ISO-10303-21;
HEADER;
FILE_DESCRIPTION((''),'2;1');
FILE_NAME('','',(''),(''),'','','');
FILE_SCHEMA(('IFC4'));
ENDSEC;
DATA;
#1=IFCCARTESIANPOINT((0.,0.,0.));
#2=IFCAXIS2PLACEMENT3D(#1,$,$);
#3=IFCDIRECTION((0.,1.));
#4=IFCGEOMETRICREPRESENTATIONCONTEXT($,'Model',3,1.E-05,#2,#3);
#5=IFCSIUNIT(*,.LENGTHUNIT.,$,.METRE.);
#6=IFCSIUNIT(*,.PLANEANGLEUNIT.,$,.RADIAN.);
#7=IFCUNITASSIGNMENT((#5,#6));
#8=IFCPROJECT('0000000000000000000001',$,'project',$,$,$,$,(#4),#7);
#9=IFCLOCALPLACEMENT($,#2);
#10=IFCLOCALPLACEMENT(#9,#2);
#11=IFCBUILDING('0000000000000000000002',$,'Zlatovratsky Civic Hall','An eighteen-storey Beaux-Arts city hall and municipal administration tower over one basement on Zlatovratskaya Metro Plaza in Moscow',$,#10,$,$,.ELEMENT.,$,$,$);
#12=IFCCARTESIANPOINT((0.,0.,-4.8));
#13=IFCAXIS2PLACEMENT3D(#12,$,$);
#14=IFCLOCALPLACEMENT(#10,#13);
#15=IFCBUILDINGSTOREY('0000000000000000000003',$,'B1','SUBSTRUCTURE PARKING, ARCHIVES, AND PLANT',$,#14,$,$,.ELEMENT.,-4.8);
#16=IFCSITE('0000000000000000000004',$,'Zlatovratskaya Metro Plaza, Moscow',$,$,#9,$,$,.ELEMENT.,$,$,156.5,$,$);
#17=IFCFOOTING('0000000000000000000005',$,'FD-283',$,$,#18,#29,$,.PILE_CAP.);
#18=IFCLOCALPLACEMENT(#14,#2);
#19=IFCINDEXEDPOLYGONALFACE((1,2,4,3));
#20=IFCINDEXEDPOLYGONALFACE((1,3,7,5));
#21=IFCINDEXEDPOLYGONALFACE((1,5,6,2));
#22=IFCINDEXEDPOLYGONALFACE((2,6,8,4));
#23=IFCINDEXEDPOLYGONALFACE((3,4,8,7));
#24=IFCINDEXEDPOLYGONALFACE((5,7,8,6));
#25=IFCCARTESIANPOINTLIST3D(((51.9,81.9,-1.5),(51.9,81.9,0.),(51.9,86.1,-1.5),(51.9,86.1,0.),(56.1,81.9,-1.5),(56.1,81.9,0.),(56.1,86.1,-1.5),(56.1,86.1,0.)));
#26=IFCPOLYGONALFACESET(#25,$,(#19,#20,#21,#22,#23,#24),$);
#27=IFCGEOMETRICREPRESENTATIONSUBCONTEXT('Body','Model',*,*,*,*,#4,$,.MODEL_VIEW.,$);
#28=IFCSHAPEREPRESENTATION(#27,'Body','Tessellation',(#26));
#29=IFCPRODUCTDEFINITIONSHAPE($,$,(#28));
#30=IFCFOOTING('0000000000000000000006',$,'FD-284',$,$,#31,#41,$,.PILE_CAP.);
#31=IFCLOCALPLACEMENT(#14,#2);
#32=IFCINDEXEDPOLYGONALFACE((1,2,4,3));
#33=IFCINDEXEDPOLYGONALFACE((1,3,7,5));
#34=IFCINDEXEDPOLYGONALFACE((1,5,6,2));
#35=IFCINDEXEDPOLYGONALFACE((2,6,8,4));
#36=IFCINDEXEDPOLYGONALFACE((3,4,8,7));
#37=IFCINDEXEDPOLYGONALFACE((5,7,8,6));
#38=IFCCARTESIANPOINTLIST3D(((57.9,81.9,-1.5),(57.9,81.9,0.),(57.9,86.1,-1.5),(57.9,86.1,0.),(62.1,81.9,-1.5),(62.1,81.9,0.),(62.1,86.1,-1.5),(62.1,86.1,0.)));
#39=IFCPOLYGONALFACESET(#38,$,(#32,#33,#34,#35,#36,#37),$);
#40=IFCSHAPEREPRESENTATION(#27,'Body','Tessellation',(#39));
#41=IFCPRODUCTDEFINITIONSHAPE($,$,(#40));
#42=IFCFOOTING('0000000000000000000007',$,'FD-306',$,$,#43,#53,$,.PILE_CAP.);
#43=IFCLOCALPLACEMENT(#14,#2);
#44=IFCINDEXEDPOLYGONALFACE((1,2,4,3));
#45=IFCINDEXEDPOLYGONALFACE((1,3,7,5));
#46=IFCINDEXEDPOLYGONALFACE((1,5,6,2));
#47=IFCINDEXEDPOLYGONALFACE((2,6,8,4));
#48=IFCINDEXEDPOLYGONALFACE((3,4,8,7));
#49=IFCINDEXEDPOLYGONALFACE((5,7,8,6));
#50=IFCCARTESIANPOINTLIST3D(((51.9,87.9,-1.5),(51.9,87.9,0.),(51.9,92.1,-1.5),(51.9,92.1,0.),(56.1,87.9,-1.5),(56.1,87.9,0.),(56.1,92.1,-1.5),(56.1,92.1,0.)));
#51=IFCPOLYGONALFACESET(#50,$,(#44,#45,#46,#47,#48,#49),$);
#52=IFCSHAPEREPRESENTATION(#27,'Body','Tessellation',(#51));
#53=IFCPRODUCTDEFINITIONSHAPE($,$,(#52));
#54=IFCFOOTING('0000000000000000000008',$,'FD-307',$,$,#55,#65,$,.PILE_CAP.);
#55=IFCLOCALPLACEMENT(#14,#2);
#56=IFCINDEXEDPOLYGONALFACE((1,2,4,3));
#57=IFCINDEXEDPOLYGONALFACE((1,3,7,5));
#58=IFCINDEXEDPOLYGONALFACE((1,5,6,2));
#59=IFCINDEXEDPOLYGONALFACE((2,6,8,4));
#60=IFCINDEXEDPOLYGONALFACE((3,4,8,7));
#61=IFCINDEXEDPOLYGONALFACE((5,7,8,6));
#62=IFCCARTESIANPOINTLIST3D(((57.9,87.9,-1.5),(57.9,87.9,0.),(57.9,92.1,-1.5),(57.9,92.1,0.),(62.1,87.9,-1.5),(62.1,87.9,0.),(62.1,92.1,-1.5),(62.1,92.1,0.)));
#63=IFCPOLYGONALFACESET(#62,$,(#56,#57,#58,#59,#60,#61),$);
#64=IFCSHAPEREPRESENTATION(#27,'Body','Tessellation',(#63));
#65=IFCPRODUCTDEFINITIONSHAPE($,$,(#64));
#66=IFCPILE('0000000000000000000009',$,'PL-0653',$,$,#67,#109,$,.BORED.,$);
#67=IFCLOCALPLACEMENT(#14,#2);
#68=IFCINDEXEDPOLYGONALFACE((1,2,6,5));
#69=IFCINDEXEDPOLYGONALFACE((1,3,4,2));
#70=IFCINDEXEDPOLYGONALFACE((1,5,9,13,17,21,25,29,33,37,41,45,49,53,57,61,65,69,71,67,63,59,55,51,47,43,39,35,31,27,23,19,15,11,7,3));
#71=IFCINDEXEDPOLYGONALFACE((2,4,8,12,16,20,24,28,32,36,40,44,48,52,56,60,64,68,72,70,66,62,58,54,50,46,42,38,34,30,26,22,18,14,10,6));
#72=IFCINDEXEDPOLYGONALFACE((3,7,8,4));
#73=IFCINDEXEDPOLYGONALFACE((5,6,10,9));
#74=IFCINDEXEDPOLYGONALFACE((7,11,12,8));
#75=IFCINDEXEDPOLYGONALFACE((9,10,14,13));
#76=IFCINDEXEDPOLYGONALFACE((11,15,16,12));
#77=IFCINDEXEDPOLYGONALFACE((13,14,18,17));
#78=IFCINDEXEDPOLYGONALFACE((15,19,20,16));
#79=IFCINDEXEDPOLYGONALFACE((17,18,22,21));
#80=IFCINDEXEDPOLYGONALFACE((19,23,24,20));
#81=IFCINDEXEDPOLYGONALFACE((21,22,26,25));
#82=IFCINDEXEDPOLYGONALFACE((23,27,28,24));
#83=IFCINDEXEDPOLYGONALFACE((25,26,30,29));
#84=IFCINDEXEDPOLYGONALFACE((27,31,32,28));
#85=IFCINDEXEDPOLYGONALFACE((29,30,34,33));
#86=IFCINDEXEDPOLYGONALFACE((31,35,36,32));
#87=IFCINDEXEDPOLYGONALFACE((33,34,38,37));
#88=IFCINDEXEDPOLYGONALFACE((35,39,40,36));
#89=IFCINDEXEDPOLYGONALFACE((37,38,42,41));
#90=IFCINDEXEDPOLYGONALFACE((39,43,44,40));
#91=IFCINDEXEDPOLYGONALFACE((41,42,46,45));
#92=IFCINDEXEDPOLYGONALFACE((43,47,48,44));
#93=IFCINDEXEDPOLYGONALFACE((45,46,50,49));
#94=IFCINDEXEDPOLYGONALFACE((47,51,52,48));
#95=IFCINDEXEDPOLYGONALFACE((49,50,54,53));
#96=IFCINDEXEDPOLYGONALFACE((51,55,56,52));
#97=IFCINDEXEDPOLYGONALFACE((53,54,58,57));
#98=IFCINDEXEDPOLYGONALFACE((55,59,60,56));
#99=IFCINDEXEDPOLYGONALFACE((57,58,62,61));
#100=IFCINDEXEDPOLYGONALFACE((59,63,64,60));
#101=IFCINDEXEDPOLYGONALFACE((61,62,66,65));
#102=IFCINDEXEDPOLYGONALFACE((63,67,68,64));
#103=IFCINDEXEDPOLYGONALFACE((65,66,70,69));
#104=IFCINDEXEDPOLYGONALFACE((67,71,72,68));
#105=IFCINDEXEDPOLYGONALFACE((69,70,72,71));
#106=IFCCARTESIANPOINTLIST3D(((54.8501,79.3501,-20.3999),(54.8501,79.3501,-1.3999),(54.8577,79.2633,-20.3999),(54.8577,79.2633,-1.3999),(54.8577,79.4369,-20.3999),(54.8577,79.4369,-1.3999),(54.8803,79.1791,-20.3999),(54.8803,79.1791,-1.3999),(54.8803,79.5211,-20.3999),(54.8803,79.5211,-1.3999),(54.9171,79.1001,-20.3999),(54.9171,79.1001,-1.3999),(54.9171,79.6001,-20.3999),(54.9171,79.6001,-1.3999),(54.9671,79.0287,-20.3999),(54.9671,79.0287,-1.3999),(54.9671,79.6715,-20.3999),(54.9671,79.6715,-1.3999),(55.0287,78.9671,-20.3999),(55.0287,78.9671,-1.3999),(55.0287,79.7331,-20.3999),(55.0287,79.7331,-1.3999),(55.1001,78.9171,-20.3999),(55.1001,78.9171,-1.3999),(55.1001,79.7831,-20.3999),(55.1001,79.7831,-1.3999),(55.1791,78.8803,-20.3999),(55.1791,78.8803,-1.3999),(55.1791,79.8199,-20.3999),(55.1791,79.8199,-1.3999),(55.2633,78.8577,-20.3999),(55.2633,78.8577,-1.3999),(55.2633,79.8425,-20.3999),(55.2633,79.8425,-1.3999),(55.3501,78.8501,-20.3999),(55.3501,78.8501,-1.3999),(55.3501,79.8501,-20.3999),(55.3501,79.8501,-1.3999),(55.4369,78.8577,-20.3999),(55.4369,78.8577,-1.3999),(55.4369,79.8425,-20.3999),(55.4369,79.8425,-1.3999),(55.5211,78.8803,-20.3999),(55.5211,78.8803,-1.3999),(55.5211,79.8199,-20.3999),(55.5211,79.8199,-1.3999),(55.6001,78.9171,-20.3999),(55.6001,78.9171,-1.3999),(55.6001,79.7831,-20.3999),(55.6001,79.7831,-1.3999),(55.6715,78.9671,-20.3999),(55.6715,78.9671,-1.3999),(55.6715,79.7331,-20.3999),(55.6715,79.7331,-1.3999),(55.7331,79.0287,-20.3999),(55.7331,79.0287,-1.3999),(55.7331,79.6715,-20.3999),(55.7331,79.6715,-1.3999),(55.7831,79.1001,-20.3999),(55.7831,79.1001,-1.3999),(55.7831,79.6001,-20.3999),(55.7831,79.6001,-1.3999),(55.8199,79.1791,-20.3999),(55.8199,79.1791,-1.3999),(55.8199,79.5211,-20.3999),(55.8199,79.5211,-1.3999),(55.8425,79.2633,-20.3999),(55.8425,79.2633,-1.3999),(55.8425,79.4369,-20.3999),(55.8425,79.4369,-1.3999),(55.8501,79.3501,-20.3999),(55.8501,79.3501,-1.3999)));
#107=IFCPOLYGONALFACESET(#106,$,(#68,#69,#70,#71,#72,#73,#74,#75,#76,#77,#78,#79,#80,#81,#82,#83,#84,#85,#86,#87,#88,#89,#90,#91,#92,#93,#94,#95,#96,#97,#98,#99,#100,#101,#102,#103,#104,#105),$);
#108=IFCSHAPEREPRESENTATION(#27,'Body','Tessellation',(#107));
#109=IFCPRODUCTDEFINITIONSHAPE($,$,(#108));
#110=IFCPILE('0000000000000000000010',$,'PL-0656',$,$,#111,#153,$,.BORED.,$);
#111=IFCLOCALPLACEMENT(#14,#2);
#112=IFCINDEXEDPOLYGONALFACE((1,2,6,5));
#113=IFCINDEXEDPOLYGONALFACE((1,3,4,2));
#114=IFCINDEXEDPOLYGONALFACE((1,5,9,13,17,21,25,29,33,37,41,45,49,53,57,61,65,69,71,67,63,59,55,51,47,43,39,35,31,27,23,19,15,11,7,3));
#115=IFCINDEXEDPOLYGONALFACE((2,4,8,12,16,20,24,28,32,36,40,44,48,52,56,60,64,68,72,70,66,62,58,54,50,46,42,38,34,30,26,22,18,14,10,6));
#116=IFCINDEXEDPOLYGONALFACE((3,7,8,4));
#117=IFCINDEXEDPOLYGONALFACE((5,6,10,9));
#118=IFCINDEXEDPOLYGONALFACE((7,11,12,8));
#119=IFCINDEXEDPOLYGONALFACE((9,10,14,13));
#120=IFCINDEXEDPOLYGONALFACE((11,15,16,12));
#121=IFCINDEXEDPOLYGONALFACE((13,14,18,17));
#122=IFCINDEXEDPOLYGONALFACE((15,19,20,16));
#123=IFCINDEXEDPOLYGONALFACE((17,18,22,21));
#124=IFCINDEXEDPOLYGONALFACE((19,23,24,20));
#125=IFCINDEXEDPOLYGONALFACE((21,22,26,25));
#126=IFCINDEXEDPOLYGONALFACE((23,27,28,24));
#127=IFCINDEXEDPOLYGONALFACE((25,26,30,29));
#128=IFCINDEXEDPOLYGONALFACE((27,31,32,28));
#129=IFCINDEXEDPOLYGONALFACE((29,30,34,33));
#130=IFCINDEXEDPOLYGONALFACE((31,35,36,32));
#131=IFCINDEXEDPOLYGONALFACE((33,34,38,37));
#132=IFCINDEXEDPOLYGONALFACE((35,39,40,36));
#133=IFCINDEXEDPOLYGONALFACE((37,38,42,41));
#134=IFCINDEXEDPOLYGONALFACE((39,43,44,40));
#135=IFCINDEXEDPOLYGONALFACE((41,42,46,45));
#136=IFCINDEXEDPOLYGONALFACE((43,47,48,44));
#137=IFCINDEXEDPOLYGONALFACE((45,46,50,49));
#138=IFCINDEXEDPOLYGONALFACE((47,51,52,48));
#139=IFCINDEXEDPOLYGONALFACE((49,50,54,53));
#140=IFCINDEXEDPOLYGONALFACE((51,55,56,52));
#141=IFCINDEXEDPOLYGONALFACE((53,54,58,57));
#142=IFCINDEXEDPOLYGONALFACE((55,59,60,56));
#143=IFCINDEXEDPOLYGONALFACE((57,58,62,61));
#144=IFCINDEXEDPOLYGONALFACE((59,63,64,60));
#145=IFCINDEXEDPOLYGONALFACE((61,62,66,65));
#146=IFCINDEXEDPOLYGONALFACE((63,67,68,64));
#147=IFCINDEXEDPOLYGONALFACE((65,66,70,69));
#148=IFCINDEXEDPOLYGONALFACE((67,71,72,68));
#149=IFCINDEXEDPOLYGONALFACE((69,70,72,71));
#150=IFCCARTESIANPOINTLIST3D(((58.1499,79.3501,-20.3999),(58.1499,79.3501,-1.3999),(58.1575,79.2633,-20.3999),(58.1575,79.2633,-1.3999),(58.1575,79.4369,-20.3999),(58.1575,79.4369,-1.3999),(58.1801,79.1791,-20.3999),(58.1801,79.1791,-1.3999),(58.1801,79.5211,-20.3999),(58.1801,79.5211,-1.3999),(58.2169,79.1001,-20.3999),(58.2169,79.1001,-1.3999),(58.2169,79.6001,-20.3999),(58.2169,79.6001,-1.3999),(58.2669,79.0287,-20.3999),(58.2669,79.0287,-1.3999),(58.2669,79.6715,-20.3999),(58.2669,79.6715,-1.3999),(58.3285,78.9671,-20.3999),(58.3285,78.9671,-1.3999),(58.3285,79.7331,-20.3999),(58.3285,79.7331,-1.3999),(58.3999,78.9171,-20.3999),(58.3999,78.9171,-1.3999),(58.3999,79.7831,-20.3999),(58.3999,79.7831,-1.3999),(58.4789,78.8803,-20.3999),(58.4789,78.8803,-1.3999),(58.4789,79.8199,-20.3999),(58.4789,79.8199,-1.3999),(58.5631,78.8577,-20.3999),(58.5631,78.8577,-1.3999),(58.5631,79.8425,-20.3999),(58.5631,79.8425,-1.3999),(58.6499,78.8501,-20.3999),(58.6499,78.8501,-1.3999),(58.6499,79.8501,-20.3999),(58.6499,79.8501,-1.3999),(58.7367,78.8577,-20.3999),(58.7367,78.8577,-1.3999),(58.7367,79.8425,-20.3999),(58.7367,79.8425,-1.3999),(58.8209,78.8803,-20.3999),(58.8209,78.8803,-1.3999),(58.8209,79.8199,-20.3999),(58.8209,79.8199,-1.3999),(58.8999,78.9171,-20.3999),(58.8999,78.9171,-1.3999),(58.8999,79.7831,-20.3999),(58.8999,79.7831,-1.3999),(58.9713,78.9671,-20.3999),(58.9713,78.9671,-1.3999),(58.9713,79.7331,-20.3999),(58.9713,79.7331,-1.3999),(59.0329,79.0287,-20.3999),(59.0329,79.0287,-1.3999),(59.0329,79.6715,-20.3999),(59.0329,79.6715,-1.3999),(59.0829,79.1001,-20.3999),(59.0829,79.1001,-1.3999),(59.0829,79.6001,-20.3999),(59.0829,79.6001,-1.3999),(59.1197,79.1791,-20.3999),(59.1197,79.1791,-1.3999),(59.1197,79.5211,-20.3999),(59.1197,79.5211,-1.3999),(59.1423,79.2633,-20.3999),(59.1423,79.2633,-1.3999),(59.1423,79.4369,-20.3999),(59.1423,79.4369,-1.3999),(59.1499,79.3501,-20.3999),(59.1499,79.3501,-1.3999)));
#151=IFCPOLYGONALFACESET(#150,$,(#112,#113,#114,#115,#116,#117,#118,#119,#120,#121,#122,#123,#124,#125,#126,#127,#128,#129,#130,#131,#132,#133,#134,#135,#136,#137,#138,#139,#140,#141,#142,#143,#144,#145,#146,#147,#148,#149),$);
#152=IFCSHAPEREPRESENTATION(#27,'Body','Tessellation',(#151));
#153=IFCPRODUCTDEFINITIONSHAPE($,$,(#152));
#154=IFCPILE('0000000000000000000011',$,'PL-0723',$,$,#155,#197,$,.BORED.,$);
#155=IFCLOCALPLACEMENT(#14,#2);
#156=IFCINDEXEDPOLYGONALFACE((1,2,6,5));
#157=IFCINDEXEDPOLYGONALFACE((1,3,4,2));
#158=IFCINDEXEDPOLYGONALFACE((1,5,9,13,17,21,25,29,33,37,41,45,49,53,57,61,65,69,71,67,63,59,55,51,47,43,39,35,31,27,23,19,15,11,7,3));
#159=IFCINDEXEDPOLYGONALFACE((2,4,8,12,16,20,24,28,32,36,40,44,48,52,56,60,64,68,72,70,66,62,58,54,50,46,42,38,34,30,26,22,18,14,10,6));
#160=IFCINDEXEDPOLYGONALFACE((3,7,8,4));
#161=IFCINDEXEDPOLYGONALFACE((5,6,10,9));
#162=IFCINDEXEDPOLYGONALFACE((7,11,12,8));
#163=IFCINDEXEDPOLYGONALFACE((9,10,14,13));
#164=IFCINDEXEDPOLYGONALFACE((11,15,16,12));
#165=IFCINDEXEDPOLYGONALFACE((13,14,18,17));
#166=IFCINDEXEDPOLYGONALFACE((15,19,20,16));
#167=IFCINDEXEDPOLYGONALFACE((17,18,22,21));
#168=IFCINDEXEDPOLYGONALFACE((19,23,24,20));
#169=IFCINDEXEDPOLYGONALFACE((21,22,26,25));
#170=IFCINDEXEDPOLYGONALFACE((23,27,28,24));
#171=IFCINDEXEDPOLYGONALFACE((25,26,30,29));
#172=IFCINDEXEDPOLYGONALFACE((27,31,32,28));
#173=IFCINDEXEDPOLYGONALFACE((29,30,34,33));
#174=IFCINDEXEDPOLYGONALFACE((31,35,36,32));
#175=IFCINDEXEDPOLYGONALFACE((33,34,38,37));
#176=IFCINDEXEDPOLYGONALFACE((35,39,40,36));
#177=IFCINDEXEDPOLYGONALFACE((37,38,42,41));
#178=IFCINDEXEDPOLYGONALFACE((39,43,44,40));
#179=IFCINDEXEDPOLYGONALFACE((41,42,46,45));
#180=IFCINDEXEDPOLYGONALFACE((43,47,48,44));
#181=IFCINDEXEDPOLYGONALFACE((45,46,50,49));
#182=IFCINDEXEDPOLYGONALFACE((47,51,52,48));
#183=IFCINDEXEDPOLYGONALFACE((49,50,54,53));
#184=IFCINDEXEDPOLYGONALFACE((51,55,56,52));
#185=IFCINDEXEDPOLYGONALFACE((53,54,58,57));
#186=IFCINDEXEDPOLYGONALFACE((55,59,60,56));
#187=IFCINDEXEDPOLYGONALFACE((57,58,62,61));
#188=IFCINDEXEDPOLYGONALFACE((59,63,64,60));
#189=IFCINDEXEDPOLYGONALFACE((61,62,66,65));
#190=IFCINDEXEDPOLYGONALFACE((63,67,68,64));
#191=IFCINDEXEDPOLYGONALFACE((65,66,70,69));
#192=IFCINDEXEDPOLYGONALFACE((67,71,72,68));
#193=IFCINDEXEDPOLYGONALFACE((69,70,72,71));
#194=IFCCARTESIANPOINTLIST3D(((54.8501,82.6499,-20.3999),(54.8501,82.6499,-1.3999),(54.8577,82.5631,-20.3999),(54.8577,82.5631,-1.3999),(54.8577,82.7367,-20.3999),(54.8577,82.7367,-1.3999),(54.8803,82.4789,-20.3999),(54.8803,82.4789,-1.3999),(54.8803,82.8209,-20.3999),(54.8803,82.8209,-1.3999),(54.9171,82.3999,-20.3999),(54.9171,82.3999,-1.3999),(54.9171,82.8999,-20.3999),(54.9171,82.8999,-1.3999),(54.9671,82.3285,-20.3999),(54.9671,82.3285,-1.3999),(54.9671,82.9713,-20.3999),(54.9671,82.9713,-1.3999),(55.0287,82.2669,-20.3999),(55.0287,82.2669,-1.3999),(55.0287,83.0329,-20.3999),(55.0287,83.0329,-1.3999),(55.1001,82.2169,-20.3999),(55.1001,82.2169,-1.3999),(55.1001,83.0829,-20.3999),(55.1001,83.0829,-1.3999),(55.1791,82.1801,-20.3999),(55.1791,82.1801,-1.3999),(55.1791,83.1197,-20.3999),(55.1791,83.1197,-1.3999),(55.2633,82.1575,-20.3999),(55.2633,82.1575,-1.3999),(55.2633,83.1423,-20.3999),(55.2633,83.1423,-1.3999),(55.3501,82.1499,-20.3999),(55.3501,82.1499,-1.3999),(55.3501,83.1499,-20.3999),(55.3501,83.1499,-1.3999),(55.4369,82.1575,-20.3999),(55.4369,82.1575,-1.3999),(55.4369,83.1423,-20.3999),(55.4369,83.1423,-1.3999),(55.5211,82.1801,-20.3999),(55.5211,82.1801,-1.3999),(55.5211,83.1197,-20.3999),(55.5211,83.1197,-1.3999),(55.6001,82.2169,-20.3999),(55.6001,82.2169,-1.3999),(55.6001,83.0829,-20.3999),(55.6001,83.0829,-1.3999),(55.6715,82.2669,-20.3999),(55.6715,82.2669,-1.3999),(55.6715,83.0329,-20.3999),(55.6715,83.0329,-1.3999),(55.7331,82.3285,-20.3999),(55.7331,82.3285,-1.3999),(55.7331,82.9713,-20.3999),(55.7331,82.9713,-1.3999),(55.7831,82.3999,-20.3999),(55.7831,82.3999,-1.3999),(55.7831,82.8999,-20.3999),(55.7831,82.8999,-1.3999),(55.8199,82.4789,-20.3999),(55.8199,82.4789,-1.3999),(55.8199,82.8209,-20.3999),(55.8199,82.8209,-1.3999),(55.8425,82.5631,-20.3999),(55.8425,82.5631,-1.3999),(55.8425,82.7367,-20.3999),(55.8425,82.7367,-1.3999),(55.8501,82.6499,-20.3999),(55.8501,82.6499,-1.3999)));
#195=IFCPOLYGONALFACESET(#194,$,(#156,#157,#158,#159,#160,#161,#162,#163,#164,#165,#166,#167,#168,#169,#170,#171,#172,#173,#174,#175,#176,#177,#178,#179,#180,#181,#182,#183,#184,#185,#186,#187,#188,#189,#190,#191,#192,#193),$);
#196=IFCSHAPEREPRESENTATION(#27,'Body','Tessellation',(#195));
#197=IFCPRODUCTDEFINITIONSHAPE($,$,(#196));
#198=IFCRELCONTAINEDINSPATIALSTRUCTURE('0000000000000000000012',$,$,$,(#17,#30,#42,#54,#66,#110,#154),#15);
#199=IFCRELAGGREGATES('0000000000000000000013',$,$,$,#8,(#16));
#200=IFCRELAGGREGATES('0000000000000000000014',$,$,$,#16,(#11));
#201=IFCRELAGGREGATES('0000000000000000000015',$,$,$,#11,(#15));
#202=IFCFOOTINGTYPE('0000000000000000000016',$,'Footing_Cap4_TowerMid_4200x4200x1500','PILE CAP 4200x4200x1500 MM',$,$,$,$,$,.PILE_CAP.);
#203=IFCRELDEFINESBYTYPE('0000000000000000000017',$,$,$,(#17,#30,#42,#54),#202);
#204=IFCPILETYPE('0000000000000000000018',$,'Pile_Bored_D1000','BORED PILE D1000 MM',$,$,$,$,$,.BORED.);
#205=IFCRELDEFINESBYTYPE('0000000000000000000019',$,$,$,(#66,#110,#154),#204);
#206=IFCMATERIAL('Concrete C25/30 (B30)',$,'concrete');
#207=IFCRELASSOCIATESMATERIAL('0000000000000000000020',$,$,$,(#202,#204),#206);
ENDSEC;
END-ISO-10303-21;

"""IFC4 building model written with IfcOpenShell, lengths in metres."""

from ifc_helpers import new_model, si_unit, direction, frame, origin, origin_2d, place, context, subcontext, project, spatial, rectangle, circle, extrude, material, material_profile, profile_set, type_object, element, save


model = new_model("IFC4")

# Units and contexts
model_context = context("Model", 3, precision=1e-05, world=origin(), true_north=direction((0.0, 1.0)))
body_context = subcontext(model_context, "Body", "Model", "MODEL_VIEW")
ifc_project = project(units=[si_unit("LENGTHUNIT", "METRE"), si_unit("PLANEANGLEUNIT", "RADIAN")], contexts=[model_context])

# Site, building, storey
site_placement = place(None, origin())
site = spatial("IfcSite", under=ifc_project, at=site_placement, Name="Zlatovratskaya Metro Plaza, Moscow", CompositionType="ELEMENT", RefElevation=156.5)
building_placement = place(site_placement, origin())
building = spatial("IfcBuilding", under=site, at=building_placement, Name="Zlatovratsky Civic Hall", Description="An eighteen-storey Beaux-Arts city hall and municipal administration tower over one basement on Zlatovratskaya Metro Plaza in Moscow", CompositionType="ELEMENT")
storey_placement = place(building_placement, frame((0.0, 0.0, -4.8)))
storey = spatial("IfcBuildingStorey", under=building, at=storey_placement, Name="B1", Description="SUBSTRUCTURE PARKING, ARCHIVES, AND PLANT", CompositionType="ELEMENT", Elevation=-4.8)

# Footings
ifc_material_1 = material(Name="Concrete C25/30 (B30)", Category="concrete")
footing_type = type_object("IfcFootingType", Name="Footing_Cap4_TowerMid_4200x4200x1500", Description="PILE CAP 4200x4200x1500 MM", PredefinedType="PILE_CAP", material=ifc_material_1)
for number, where, z_axis, x_axis, name in (
    (1, (54.0, 84.0, -1.5), (0.0, 0.0, 1.0), (1.0, 0.0, 0.0), "FD-283"),
    (2, (60.0, 84.0, -1.5), (0.0, 0.0, 1.0), (1.0, 0.0, 0.0), "FD-284"),
    (3, (54.0, 90.0, -1.5), (0.0, 0.0, 1.0), (1.0, 0.0, 0.0), "FD-306"),
    (4, (60.0, 90.0, -1.5), (0.0, 0.0, 1.0), (1.0, 0.0, 0.0), "FD-307"),
):
    element("IfcFooting", number, at=place(storey_placement, frame(where, z_axis=z_axis, x_axis=x_axis)), inside=storey, type_object=footing_type, Name=name, PredefinedType="PILE_CAP", context=body_context, shape_type="SweptSolid", body=[
        extrude(rectangle(XDim=4.2, YDim=4.2, at=origin_2d()), origin(), (0.0, 0.0, 1.0), 1.5),
    ])

# Piles
ifc_material_profile_1 = material_profile(ifc_material_1, circle(Radius=0.5, at=origin_2d()), Name="PILE D1000")
ifc_profile_set_1 = profile_set([ifc_material_profile_1], Name="Concrete C25/30 (B30)")
pile_type = type_object("IfcPileType", Name="Pile_Bored_D1000", Description="BORED PILE D1000 MM", PredefinedType="BORED", material=ifc_profile_set_1)
for number, where, z_axis, x_axis, name in (
    (5, (55.3501, 79.3501, -1.3999), (0.0, 0.0, -1.0), (1.0, 0.0, 0.0), "PL-0653"),
    (6, (58.6499, 79.3501, -1.3999), (0.0, 0.0, -1.0), (1.0, 0.0, 0.0), "PL-0656"),
    (7, (55.3501, 82.6499, -1.3999), (0.0, 0.0, -1.0), (1.0, 0.0, 0.0), "PL-0723"),
):
    element("IfcPile", number, at=place(storey_placement, frame(where, z_axis=z_axis, x_axis=x_axis)), inside=storey, type_object=pile_type, Name=name, PredefinedType="BORED", context=body_context, shape_type="SweptSolid", body=[
        extrude(circle(Radius=0.5, at=origin_2d()), origin(), (0.0, 0.0, 1.0), 19.0),
    ])

save(model, "model.ifc")
